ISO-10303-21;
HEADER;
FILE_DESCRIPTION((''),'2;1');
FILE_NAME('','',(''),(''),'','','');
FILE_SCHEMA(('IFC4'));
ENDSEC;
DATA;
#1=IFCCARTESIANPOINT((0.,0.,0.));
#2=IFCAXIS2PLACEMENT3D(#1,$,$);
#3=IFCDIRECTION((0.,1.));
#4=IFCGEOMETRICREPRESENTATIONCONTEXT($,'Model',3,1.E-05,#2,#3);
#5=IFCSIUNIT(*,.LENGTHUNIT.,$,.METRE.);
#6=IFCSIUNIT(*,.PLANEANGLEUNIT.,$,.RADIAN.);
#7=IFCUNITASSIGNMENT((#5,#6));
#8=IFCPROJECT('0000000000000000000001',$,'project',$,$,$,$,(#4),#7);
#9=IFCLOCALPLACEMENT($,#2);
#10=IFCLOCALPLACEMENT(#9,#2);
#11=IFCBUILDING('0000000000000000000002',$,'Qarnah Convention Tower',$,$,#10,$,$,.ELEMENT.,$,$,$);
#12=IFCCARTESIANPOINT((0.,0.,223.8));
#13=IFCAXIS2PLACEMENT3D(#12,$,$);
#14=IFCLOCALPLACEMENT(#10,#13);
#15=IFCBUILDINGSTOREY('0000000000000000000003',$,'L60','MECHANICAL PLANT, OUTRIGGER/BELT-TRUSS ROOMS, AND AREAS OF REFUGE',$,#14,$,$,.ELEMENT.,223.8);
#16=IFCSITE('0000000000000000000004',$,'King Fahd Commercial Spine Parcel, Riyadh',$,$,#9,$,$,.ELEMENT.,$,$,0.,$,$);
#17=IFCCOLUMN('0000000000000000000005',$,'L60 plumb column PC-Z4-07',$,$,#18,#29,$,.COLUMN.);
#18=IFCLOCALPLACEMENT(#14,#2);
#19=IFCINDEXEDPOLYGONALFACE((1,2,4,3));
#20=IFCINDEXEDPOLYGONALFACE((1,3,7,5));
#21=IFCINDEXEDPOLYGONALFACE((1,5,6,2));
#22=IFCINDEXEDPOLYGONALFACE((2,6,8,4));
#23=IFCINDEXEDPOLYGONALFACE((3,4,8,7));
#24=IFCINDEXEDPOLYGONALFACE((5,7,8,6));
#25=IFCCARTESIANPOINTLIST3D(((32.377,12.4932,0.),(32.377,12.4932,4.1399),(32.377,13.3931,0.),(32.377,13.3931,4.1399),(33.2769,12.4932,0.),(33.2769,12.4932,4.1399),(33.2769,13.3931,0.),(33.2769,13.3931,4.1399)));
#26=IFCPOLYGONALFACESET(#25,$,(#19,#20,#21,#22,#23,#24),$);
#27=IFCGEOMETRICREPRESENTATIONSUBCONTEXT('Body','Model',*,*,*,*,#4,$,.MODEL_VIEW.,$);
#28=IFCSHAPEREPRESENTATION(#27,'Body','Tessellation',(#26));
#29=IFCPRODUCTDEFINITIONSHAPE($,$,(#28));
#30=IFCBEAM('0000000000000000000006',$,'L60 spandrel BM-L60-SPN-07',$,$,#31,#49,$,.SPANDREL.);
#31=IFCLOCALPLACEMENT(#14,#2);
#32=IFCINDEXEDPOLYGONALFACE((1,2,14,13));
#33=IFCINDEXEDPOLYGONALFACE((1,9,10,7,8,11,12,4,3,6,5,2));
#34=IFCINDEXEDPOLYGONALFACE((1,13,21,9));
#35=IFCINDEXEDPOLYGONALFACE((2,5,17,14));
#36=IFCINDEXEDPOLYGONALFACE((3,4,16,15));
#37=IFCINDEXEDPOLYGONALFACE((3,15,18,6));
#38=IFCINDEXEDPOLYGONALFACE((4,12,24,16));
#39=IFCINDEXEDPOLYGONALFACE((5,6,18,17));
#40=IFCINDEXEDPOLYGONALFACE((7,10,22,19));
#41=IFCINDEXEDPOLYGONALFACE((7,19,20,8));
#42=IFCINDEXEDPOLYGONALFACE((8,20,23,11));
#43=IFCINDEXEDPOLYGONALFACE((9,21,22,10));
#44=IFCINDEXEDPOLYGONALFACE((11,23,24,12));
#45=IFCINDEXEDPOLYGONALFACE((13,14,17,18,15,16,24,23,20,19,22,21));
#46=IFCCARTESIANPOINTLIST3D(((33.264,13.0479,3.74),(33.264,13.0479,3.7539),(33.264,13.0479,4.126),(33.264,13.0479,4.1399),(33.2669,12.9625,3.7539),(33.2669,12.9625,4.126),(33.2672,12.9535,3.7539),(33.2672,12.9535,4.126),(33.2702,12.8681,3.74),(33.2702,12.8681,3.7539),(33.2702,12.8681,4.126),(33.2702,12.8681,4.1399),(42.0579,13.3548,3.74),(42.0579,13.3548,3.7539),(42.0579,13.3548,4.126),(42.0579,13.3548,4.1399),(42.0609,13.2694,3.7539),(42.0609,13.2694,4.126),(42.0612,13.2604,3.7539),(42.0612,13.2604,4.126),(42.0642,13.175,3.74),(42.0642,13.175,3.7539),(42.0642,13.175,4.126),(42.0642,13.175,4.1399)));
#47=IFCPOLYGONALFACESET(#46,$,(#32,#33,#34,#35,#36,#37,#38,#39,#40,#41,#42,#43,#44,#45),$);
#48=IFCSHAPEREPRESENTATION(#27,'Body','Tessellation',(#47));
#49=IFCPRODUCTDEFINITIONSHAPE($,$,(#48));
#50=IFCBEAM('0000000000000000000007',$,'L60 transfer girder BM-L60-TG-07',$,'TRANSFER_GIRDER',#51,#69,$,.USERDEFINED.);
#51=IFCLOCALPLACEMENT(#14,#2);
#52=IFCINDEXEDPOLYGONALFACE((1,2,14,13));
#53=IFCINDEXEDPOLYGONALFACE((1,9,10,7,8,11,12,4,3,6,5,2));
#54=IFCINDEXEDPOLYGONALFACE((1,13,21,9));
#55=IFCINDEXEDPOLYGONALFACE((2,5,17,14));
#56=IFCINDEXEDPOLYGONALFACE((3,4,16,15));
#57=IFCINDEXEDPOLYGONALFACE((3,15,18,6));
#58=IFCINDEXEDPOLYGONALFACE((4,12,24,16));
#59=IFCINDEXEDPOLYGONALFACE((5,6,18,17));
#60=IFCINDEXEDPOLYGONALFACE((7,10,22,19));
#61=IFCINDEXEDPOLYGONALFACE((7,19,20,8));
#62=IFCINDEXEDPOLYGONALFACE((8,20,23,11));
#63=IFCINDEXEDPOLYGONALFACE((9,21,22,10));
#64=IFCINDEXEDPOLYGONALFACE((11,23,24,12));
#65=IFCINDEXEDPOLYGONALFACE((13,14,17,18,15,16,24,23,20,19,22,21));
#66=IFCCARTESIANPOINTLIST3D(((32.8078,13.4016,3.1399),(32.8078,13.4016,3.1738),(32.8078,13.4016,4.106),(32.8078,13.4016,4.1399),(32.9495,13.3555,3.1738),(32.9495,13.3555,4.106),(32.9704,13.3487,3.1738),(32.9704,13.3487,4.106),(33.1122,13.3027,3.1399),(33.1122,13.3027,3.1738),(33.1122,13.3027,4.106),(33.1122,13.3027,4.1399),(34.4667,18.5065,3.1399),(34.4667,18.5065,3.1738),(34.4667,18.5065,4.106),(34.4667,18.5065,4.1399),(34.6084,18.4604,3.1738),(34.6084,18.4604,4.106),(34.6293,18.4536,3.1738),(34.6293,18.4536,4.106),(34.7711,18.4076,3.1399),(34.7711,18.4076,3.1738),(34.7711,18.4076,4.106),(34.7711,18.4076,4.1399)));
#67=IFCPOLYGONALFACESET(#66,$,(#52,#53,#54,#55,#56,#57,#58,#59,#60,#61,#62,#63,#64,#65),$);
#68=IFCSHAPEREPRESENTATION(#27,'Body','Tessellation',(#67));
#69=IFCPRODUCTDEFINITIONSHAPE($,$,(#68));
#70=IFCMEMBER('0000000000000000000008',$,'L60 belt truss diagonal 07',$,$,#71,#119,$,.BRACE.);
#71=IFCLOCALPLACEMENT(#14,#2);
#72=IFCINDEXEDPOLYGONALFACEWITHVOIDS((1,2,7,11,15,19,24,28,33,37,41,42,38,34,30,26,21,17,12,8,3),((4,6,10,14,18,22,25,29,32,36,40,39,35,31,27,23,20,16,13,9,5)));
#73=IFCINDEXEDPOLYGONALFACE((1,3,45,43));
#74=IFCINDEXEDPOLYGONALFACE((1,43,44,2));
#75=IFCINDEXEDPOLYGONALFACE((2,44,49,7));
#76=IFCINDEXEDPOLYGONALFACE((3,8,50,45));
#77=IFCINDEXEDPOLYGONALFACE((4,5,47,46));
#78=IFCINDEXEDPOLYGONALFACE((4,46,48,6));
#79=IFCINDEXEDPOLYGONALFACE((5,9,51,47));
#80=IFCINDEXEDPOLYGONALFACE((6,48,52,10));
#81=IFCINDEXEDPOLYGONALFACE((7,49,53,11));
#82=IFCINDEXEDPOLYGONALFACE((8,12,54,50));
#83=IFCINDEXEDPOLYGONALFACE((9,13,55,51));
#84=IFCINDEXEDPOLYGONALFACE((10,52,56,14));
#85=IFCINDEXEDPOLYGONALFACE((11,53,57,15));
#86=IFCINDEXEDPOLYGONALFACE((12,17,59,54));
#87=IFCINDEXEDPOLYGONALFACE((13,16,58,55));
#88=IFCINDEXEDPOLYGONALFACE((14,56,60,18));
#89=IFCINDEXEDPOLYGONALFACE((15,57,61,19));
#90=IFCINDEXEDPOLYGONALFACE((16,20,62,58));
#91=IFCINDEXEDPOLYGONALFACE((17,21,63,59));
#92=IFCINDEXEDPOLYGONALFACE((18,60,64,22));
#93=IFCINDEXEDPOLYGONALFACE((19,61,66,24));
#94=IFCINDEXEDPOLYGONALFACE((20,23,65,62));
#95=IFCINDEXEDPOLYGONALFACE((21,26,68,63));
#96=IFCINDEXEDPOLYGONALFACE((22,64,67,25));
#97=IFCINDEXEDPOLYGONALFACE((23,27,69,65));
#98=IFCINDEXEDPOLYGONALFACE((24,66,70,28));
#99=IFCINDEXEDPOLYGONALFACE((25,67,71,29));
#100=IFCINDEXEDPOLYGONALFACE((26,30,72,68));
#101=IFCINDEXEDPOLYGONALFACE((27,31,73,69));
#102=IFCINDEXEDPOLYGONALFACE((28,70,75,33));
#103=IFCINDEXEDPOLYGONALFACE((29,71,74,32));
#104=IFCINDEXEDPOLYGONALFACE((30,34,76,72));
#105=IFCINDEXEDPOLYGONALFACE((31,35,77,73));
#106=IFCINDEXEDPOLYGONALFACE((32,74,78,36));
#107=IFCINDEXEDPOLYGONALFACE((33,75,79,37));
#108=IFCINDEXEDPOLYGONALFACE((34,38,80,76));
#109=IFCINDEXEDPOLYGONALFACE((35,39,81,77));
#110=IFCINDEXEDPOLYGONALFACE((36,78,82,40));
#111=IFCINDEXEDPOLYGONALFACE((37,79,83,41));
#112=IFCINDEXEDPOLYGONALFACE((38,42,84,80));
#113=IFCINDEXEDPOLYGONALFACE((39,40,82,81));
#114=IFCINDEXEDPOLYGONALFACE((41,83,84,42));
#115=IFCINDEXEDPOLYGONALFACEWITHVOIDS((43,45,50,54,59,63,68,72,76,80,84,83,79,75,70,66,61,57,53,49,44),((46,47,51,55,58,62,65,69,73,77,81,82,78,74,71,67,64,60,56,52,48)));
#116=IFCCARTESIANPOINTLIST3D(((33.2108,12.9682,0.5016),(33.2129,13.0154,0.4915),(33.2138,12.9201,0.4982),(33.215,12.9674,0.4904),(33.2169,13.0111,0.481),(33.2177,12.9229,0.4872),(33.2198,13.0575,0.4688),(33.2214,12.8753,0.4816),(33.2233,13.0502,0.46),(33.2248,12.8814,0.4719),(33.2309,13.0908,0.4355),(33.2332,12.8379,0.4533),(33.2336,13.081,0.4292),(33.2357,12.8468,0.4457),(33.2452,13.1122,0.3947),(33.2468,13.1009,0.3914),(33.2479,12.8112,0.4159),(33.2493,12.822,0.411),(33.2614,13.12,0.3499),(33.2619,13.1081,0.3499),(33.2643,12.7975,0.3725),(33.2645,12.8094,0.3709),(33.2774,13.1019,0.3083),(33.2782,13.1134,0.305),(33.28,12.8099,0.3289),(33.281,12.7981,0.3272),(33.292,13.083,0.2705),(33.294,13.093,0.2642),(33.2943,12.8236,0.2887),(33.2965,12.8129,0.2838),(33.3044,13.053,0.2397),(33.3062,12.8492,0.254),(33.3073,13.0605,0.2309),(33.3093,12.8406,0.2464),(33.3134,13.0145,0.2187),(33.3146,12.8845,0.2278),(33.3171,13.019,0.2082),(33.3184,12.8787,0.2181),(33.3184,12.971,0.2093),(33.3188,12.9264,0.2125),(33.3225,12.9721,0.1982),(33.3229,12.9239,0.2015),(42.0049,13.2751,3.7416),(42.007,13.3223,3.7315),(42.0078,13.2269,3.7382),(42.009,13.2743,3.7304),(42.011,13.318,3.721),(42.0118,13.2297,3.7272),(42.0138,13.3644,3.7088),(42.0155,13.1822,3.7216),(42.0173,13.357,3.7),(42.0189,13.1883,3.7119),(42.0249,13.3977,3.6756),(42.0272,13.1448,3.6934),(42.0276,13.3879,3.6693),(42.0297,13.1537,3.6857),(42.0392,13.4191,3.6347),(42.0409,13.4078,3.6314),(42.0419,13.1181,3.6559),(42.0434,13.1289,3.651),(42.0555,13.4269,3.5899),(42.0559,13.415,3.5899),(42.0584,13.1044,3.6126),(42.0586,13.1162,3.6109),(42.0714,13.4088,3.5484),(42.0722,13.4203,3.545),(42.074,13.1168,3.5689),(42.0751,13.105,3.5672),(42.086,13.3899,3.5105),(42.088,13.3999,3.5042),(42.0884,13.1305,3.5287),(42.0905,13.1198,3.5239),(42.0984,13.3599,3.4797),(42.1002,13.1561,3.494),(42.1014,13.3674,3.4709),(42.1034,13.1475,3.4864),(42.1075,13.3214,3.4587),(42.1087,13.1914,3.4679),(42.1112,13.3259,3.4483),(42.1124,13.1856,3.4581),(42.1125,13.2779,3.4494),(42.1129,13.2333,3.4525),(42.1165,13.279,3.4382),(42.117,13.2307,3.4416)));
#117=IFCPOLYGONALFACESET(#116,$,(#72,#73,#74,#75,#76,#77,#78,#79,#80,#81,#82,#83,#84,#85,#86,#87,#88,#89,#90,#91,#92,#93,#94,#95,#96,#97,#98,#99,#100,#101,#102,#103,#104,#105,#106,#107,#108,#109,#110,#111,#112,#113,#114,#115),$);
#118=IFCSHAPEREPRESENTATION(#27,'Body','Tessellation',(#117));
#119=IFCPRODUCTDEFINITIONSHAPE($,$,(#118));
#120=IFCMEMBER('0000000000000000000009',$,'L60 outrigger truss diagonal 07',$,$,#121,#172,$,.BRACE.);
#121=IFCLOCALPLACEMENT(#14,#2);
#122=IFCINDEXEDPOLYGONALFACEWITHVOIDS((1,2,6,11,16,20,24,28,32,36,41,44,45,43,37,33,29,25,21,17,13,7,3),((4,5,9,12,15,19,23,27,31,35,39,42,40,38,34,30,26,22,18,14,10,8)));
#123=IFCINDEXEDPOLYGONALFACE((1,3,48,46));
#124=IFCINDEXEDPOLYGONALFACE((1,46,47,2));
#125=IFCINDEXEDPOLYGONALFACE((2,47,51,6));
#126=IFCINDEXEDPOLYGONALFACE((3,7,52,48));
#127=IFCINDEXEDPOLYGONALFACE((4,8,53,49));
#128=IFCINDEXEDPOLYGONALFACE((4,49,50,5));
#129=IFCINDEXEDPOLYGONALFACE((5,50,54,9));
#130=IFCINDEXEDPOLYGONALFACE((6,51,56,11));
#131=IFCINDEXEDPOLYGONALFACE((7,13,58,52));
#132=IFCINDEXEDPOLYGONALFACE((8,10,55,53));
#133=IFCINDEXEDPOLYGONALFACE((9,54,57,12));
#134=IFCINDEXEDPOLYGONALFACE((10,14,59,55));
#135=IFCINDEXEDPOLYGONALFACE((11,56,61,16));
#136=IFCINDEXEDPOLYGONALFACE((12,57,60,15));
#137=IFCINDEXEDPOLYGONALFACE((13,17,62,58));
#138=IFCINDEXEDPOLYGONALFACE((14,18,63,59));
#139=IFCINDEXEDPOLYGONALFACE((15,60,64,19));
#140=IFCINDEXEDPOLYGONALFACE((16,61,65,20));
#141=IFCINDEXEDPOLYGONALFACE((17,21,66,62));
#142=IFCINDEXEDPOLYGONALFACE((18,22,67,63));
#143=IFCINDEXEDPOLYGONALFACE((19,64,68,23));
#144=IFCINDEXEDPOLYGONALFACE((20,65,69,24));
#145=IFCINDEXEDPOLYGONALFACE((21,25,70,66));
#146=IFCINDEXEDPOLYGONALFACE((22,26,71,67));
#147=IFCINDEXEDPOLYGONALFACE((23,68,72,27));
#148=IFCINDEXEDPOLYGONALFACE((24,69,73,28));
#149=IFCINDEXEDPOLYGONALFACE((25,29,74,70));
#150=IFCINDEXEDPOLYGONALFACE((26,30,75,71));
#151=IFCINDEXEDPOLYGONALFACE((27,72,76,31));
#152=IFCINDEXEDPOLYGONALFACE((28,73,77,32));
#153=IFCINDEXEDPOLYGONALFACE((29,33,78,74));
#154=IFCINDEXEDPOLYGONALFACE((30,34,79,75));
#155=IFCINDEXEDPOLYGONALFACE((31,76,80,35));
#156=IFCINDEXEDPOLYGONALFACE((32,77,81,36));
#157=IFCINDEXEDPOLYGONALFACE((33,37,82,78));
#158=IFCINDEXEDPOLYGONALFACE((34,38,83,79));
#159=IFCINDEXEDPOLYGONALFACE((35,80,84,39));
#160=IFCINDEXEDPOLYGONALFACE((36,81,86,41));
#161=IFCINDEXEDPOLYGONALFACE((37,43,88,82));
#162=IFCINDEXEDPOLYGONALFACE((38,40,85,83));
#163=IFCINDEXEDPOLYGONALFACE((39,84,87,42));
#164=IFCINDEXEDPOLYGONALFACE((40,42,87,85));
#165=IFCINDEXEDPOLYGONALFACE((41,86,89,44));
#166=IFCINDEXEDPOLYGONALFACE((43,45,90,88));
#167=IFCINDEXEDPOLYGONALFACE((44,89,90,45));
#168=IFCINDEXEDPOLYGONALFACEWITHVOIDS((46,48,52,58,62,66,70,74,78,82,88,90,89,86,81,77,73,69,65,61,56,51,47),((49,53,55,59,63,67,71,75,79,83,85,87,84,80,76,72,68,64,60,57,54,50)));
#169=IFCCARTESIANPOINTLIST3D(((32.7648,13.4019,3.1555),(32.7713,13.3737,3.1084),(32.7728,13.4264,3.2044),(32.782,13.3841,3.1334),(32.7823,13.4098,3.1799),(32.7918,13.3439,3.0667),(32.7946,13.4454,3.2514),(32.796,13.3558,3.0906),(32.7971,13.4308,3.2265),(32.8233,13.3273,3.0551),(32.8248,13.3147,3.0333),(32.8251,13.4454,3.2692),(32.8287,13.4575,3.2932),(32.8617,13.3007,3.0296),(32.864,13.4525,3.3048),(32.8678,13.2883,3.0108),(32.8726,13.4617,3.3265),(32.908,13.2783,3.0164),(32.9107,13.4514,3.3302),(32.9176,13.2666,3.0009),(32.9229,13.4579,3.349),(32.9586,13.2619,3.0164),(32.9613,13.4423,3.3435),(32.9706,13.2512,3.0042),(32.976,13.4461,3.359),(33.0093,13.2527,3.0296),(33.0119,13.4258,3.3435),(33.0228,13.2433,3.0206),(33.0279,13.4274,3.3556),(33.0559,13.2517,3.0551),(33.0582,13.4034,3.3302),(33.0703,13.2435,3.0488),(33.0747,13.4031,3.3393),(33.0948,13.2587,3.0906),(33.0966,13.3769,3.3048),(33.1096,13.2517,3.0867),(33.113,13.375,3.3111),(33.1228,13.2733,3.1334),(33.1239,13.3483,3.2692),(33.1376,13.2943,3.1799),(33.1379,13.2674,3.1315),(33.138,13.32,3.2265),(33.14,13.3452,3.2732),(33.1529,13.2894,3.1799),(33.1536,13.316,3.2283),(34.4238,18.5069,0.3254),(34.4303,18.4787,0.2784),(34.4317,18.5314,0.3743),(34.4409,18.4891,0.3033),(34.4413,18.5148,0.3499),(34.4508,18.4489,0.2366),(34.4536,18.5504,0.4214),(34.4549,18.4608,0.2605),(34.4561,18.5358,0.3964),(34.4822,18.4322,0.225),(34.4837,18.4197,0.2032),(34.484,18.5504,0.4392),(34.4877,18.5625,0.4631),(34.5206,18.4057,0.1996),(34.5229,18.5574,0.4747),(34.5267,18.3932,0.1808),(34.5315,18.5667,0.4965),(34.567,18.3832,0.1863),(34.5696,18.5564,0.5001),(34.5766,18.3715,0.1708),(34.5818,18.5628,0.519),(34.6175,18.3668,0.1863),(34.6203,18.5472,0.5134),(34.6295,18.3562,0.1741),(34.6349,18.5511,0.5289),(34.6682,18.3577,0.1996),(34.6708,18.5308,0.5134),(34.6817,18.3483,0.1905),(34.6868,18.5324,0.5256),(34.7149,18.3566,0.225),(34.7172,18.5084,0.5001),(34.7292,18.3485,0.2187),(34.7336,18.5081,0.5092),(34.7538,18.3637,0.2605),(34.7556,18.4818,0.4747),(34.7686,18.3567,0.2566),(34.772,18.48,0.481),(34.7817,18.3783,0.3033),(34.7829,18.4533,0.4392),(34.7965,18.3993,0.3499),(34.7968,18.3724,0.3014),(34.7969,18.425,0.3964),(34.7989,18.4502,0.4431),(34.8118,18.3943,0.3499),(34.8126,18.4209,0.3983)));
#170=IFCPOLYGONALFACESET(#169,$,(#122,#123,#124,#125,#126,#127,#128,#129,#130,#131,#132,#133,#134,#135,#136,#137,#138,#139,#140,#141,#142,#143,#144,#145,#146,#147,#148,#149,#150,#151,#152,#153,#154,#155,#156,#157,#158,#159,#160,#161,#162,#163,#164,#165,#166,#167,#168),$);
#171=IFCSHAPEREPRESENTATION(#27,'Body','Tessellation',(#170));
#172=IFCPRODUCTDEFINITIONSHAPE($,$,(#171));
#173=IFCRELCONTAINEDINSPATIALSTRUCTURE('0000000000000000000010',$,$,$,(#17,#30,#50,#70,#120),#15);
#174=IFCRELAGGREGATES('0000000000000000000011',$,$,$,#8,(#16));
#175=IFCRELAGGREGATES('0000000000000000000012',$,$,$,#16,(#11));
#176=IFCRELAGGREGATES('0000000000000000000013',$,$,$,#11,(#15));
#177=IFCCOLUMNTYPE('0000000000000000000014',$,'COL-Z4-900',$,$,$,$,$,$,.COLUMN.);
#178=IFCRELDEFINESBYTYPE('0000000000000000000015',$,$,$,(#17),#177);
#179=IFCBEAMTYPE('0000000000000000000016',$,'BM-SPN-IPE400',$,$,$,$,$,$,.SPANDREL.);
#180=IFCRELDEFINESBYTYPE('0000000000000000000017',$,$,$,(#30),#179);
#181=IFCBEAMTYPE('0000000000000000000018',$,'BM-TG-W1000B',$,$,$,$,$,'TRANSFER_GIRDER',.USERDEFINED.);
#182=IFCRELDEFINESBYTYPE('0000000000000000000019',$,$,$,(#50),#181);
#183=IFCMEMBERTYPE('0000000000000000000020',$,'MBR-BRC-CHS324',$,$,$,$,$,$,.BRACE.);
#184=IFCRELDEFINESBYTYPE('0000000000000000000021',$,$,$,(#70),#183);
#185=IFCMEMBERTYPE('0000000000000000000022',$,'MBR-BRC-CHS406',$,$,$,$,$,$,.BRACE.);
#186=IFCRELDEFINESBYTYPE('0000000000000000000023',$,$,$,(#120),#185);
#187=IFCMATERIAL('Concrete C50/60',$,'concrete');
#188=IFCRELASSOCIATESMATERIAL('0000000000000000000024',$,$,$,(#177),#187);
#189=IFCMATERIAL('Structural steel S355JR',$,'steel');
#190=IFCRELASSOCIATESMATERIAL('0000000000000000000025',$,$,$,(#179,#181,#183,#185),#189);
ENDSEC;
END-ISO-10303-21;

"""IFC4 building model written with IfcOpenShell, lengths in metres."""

from ifc_helpers import new_model, si_unit, direction, frame, origin, origin_2d, place, context, subcontext, project, spatial, rectangle, hollow_circle, i_section, extrude, material, material_profile, profile_set, type_object, element, save


model = new_model("IFC4")

# Units and contexts
model_context = context("Model", 3, precision=1e-05, world=origin(), true_north=direction((0.0, 1.0)))
body_context = subcontext(model_context, "Body", "Model", "MODEL_VIEW")
ifc_project = project(units=[si_unit("LENGTHUNIT", "METRE"), si_unit("PLANEANGLEUNIT", "RADIAN")], contexts=[model_context])

# Site, building, storey
site_placement = place(None, origin())
site = spatial("IfcSite", under=ifc_project, at=site_placement, Name="King Fahd Commercial Spine Parcel, Riyadh", CompositionType="ELEMENT", RefElevation=0.0)
building_placement = place(site_placement, origin())
building = spatial("IfcBuilding", under=site, at=building_placement, Name="Qarnah Convention Tower", CompositionType="ELEMENT")
storey_placement = place(building_placement, frame((0.0, 0.0, 223.8)))
storey = spatial("IfcBuildingStorey", under=building, at=storey_placement, Name="L60", Description="MECHANICAL PLANT, OUTRIGGER/BELT-TRUSS ROOMS, AND AREAS OF REFUGE", CompositionType="ELEMENT", Elevation=223.8)

# Column
ifc_material_1 = material(Name="Concrete C50/60", Category="concrete")
ifc_material_profile_1 = material_profile(ifc_material_1, rectangle(XDim=0.8999, YDim=0.8999, at=origin_2d()), Name="RC-COL-900X900")
ifc_profile_set_1 = profile_set([ifc_material_profile_1], Name="Concrete C50/60")
column_type = type_object("IfcColumnType", Name="COL-Z4-900", PredefinedType="COLUMN", material=ifc_profile_set_1)
column_placement = place(storey_placement, frame((32.8269, 12.9431, 0.0), z_axis=(0.0, 0.0, 1.0), x_axis=(1.0, 0.0, 0.0)))
element("IfcColumn", 1, at=column_placement, inside=storey, type_object=column_type, Name="L60 plumb column PC-Z4-07", PredefinedType="COLUMN", context=body_context, shape_type="SweptSolid", body=[
    extrude(rectangle(XDim=0.8999, YDim=0.8999, at=origin_2d()), origin(), (0.0, 0.0, 1.0), 4.1399),
])

# Beams
ifc_material_2 = material(Name="Structural steel S355JR", Category="steel")
ifc_material_profile_2 = material_profile(ifc_material_2, i_section(OverallWidth=0.1799, OverallDepth=0.3999, WebThickness=0.009, FlangeThickness=0.0139, at=origin_2d()), Name="IPE400")
ifc_profile_set_2 = profile_set([ifc_material_profile_2], Name="Structural steel S355JR")
beam_type_1 = type_object("IfcBeamType", Name="BM-SPN-IPE400", PredefinedType="SPANDREL", material=ifc_profile_set_2)
beam_1_placement = place(storey_placement, frame((33.2671, 12.958, 3.9399), z_axis=(0.999392, 0.034876, 0.0), x_axis=(-0.034876, 0.999392, 0.0)))
element("IfcBeam", 2, at=beam_1_placement, inside=storey, type_object=beam_type_1, Name="L60 spandrel BM-L60-SPN-07", PredefinedType="SPANDREL", context=body_context, shape_type="SweptSolid", body=[
    extrude(i_section(OverallWidth=0.1799, OverallDepth=0.3999, WebThickness=0.009, FlangeThickness=0.0139, at=origin_2d()), origin(), (0.0, 0.0, 1.0), 8.7993),
])
ifc_material_profile_3 = material_profile(ifc_material_2, i_section(OverallWidth=0.3201, OverallDepth=1.0, WebThickness=0.022, FlangeThickness=0.0339, at=origin_2d()), Name="W1000X371")
ifc_profile_set_3 = profile_set([ifc_material_profile_3], Name="Structural steel S355JR")
beam_type_2 = type_object("IfcBeamType", Name="BM-TG-W1000B", ElementType="TRANSFER_GIRDER", PredefinedType="USERDEFINED", material=ifc_profile_set_3)
beam_2_placement = place(storey_placement, frame((34.6189, 18.457, 3.6399), z_axis=(-0.309055, -0.951044, 0.0), x_axis=(0.951044, -0.309055, 0.0)))
element("IfcBeam", 3, at=beam_2_placement, inside=storey, type_object=beam_type_2, Name="L60 transfer girder BM-L60-TG-07", ObjectType="TRANSFER_GIRDER", PredefinedType="USERDEFINED", context=body_context, shape_type="SweptSolid", body=[
    extrude(i_section(OverallWidth=0.3201, OverallDepth=1.0, WebThickness=0.022, FlangeThickness=0.0339, at=origin_2d()), origin(), (0.0, 0.0, 1.0), 5.3677),
])

# Members
ifc_material_profile_4 = material_profile(ifc_material_2, hollow_circle(Radius=0.1621, WallThickness=0.012, at=origin_2d()), Name="CHS324X12")
ifc_profile_set_4 = profile_set([ifc_material_profile_4], Name="Structural steel S355JR")
member_type_1 = type_object("IfcMemberType", Name="MBR-BRC-CHS324", PredefinedType="BRACE", material=ifc_profile_set_4)
member_1_placement = place(storey_placement, frame((33.2671, 12.958, 0.3499), z_axis=(0.937836, 0.032728, 0.345531), x_axis=(-0.034876, 0.999392, 0.0)))
element("IfcMember", 4, at=member_1_placement, inside=storey, type_object=member_type_1, Name="L60 belt truss diagonal 07", PredefinedType="BRACE", context=body_context, shape_type="SweptSolid", body=[
    extrude(hollow_circle(Radius=0.1621, WallThickness=0.012, at=origin_2d()), origin(), (0.0, 0.0, 1.0), 9.377),
])
ifc_material_profile_5 = material_profile(ifc_material_2, hollow_circle(Radius=0.2029, WallThickness=0.0161, at=origin_2d()), Name="CHS406X16")
ifc_profile_set_5 = profile_set([ifc_material_profile_5], Name="Structural steel S355JR")
member_type_2 = type_object("IfcMemberType", Name="MBR-BRC-CHS406", PredefinedType="BRACE", material=ifc_profile_set_5)
member_2_placement = place(storey_placement, frame((34.6189, 18.457, 0.3499), z_axis=(-0.273385, -0.841277, 0.466384), x_axis=(0.951044, -0.309055, 0.0)))
element("IfcMember", 5, at=member_2_placement, inside=storey, type_object=member_type_2, Name="L60 outrigger truss diagonal 07", PredefinedType="BRACE", context=body_context, shape_type="SweptSolid", body=[
    extrude(hollow_circle(Radius=0.2029, WallThickness=0.0161, at=origin_2d()), origin(), (0.0, 0.0, 1.0), 6.0681),
])

save(model, "model.ifc")
